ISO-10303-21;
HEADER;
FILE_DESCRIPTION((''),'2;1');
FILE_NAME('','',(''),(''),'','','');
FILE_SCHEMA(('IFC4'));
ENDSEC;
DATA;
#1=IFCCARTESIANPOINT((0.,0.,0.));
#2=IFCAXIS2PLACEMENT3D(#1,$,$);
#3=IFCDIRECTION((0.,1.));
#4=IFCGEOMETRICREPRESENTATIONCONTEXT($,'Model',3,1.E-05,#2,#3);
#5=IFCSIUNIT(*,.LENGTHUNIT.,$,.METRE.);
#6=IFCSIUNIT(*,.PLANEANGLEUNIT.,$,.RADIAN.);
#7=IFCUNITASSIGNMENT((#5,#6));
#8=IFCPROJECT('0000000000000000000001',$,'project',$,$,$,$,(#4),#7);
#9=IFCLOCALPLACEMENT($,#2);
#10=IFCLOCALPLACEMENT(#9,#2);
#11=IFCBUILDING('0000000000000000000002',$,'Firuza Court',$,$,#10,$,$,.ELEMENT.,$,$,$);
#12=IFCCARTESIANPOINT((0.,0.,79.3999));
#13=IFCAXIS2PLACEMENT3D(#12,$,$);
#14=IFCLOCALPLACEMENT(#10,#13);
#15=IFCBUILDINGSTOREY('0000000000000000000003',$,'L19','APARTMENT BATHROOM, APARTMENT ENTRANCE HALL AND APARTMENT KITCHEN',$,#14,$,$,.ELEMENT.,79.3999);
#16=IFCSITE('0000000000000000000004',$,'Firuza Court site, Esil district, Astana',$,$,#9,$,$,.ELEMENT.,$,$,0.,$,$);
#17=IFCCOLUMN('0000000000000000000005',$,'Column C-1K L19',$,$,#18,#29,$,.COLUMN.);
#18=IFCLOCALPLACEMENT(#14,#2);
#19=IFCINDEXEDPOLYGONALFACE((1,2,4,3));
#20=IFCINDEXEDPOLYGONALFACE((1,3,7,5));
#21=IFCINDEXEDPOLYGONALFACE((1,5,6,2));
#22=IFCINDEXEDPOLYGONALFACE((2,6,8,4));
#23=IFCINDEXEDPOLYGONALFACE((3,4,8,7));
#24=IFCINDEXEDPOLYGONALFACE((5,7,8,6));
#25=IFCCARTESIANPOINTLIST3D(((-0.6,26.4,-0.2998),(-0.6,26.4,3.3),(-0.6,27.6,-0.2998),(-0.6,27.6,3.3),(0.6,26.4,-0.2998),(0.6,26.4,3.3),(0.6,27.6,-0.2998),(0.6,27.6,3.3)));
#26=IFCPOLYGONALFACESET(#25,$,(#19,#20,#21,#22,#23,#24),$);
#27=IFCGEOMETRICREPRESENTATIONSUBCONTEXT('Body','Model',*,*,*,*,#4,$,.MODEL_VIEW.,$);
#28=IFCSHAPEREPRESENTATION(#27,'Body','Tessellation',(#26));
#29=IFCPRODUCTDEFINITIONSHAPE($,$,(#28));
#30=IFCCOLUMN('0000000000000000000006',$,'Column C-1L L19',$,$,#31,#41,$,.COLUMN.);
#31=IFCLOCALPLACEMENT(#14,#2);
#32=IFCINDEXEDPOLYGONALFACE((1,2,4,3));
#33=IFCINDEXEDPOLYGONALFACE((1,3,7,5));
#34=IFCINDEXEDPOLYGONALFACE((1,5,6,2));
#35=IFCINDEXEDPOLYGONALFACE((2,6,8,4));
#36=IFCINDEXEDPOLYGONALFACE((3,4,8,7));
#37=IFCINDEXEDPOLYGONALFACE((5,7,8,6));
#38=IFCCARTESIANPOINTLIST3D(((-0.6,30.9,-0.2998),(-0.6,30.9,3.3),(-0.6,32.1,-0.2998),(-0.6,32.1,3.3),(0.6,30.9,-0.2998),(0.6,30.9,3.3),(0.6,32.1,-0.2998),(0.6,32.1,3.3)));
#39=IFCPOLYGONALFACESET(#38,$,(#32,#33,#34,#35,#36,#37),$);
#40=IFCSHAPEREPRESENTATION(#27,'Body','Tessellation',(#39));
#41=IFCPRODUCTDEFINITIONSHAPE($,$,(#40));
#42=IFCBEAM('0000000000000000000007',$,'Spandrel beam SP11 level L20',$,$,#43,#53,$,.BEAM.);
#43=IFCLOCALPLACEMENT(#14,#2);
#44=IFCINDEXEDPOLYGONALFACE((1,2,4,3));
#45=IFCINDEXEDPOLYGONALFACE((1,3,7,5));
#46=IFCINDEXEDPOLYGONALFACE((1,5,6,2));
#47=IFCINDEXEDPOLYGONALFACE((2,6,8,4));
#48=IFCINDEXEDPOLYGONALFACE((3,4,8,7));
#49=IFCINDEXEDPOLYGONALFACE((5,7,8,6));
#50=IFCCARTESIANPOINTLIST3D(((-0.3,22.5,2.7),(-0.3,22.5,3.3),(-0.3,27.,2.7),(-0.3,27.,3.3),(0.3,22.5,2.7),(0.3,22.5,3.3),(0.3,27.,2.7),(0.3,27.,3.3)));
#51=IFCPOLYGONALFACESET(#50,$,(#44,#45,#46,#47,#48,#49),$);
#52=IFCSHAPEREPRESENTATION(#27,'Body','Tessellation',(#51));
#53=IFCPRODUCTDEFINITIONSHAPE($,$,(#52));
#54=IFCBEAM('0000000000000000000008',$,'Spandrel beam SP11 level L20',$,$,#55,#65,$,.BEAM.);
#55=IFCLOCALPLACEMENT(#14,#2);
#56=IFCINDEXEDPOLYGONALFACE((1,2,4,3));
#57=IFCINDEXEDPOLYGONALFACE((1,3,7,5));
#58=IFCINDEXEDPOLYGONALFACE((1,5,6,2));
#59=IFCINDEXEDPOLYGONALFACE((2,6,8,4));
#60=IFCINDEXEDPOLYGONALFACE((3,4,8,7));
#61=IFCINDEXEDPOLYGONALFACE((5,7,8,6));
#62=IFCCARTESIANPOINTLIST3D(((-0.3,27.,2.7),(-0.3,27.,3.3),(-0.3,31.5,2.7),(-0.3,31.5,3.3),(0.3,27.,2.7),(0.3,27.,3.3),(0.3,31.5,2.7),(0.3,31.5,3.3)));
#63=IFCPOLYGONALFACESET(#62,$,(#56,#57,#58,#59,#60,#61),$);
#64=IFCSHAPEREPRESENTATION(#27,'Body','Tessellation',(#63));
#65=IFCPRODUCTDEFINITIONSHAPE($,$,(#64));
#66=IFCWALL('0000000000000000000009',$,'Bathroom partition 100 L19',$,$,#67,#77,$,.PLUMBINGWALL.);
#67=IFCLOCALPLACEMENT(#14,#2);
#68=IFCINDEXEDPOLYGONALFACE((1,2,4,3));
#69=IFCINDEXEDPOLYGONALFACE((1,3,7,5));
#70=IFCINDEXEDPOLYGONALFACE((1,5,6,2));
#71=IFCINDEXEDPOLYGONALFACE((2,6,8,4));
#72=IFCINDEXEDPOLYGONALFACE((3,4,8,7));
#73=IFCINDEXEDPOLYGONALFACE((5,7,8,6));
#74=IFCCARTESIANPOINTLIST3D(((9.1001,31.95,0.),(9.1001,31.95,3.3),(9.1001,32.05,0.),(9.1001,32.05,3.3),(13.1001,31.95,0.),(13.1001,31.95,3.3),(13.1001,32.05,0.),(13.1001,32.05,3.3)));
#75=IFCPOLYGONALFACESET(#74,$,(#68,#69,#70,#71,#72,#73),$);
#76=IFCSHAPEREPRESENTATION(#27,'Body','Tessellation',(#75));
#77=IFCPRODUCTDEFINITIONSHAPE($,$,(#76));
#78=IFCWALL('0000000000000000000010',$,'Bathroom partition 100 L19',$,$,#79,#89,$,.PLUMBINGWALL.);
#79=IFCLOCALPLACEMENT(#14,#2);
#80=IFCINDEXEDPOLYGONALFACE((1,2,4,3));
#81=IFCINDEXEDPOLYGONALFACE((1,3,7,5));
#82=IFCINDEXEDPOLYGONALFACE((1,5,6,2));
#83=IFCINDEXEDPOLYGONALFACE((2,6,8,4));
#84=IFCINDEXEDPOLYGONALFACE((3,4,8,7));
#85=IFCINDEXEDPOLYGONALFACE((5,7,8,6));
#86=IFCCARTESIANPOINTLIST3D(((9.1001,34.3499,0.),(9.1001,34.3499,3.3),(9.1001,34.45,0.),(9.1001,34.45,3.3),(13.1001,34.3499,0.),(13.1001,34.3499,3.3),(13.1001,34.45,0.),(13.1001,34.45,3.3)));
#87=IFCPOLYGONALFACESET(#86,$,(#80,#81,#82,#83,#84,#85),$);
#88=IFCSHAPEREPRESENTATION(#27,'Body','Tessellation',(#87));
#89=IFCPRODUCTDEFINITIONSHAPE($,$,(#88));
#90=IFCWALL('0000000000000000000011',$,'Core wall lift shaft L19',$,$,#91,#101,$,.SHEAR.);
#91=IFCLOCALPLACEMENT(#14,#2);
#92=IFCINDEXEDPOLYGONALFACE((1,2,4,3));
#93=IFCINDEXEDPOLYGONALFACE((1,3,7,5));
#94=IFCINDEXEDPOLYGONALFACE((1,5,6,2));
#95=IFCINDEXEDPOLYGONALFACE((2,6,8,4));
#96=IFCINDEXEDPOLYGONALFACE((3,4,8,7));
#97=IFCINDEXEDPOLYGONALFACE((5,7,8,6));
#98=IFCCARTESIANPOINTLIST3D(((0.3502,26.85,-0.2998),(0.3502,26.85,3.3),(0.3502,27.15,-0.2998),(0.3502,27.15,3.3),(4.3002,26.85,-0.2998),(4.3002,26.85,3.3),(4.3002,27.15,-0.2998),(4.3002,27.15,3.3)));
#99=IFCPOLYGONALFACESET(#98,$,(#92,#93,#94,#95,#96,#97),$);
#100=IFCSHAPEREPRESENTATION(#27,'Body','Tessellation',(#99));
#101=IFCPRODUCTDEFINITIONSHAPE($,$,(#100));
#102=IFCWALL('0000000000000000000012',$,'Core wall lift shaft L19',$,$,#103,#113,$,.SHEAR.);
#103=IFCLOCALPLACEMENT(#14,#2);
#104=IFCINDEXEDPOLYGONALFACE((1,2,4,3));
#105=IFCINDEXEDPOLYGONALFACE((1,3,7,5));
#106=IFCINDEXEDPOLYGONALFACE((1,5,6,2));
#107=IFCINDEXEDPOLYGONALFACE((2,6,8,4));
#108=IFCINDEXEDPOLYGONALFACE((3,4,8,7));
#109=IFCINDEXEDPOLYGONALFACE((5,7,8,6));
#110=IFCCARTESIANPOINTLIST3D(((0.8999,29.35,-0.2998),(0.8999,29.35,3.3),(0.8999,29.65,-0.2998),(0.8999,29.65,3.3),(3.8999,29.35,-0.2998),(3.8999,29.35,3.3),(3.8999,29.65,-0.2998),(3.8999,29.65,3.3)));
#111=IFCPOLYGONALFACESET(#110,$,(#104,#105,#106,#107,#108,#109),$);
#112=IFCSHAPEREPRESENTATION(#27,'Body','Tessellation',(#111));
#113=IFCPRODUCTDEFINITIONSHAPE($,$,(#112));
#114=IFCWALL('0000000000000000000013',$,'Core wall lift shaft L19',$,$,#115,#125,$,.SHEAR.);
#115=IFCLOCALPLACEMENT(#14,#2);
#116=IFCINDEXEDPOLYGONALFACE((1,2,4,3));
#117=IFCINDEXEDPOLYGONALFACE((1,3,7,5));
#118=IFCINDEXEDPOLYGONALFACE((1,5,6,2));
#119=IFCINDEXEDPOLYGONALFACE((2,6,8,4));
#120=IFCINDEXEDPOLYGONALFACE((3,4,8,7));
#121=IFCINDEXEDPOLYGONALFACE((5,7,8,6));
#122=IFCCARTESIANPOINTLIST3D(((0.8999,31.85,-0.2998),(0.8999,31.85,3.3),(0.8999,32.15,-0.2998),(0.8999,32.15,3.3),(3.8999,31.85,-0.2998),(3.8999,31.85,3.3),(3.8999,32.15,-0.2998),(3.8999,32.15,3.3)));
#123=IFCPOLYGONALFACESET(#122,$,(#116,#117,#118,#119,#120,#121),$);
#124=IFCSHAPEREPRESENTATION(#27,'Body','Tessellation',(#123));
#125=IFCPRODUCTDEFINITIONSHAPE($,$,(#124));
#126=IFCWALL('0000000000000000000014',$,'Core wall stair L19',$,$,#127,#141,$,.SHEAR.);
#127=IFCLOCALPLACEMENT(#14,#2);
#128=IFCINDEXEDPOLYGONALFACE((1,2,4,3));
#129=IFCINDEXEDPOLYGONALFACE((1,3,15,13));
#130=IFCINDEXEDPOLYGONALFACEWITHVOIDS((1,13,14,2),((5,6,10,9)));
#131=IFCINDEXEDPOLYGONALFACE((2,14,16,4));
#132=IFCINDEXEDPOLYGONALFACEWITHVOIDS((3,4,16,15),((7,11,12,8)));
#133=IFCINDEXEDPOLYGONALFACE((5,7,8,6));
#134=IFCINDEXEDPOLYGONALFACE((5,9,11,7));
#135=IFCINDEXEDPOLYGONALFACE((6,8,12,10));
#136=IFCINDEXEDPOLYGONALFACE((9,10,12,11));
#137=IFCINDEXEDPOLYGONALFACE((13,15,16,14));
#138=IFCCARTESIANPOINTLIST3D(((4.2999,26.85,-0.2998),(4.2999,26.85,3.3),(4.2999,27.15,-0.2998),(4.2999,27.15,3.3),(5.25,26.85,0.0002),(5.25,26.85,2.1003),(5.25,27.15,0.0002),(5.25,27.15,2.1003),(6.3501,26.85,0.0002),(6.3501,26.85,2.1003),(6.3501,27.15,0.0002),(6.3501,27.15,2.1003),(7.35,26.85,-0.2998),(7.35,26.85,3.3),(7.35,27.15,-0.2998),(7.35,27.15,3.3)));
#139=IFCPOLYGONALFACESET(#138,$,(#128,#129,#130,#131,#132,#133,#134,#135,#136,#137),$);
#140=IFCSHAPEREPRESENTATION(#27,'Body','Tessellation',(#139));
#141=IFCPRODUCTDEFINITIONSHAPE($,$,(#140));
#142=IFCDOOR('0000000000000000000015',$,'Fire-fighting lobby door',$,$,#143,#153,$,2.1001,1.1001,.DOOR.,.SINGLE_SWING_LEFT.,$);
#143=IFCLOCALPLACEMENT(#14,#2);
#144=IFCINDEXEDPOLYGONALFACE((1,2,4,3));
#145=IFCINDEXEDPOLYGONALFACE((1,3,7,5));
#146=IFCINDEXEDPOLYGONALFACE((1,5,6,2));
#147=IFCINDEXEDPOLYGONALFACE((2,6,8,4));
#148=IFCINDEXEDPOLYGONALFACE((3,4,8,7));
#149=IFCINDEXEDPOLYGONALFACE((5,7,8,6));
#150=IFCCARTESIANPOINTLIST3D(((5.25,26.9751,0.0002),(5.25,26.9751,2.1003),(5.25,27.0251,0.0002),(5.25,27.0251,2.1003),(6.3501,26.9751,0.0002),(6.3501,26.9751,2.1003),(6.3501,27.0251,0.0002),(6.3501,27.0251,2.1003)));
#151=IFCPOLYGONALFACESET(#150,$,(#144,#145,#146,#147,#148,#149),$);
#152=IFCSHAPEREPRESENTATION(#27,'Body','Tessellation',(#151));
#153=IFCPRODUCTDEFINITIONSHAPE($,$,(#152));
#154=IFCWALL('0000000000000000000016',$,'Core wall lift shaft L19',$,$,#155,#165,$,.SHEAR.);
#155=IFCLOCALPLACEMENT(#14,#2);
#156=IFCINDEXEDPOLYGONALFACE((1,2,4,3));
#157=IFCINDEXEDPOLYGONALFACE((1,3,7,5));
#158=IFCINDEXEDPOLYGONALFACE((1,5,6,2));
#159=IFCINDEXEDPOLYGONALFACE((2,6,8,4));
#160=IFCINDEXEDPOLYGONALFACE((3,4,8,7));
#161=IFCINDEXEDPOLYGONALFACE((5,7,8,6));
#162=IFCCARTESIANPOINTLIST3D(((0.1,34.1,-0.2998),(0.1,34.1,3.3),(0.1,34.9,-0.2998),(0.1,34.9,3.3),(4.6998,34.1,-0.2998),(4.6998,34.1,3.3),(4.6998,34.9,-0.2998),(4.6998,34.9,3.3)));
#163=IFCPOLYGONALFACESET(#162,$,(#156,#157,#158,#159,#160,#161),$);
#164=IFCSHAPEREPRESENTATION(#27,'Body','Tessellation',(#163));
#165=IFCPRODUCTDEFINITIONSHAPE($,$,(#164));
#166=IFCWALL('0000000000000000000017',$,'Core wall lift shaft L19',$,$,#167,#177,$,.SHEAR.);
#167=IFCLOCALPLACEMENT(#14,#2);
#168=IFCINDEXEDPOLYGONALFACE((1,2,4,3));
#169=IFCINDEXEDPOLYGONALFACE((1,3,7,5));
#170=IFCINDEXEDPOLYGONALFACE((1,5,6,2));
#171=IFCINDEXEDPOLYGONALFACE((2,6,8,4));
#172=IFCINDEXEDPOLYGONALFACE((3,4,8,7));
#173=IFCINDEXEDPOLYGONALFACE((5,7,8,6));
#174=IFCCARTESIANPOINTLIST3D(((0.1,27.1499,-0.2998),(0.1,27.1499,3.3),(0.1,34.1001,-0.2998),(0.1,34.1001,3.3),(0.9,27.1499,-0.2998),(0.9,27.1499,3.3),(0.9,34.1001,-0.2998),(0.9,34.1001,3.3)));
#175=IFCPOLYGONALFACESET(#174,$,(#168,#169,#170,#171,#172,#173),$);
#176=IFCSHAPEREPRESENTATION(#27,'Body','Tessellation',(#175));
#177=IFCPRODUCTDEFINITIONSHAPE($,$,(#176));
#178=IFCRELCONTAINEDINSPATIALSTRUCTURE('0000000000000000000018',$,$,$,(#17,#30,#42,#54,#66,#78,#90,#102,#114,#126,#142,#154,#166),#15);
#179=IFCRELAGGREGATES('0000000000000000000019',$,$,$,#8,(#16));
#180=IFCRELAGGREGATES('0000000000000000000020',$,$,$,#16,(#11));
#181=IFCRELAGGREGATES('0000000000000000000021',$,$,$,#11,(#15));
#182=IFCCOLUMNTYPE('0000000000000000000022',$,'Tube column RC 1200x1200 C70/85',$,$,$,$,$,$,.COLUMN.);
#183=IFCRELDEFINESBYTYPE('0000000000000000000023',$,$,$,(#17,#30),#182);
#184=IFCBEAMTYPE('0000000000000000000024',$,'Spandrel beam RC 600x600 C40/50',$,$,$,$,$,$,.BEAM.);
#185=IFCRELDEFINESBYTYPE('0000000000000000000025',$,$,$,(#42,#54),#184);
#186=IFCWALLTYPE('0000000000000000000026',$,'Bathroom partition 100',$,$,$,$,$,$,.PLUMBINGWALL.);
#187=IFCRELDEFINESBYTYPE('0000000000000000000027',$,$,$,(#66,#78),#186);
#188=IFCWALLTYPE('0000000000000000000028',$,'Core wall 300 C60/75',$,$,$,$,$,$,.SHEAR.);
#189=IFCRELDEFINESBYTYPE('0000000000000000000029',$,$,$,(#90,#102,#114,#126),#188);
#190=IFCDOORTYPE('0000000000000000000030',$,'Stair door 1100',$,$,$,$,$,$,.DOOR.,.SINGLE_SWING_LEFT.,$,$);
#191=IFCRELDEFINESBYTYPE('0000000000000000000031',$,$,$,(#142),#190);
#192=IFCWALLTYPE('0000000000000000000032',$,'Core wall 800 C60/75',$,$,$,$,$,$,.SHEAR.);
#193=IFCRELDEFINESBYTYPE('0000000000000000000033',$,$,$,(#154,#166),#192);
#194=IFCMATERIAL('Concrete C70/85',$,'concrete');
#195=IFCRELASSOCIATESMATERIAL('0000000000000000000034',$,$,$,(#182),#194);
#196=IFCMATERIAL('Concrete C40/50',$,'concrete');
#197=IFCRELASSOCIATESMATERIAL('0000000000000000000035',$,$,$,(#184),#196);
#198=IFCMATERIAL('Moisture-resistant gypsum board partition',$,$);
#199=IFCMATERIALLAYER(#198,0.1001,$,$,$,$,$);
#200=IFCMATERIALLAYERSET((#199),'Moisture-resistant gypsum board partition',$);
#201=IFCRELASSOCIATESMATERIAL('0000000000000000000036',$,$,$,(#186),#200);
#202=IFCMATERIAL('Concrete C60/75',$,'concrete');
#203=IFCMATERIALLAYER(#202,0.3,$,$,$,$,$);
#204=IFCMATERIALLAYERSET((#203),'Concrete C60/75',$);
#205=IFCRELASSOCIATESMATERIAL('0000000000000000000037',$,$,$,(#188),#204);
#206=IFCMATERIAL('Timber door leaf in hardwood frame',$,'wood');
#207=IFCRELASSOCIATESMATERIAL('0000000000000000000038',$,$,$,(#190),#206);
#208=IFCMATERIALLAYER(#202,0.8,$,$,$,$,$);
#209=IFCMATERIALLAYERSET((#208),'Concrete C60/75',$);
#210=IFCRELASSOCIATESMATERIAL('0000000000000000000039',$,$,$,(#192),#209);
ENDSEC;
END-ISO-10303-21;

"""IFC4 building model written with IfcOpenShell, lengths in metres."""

from ifc_helpers import new_model, si_unit, direction, frame, frame_2d, origin, origin_2d, place, context, subcontext, project, spatial, rectangle, extrude, material, layer, layer_set, material_profile, profile_set, type_object, element, fill, save


model = new_model("IFC4")

# Units and contexts
model_context = context("Model", 3, precision=1e-05, world=origin(), true_north=direction((0.0, 1.0)))
body_context = subcontext(model_context, "Body", "Model", "MODEL_VIEW")
ifc_project = project(units=[si_unit("LENGTHUNIT", "METRE"), si_unit("PLANEANGLEUNIT", "RADIAN")], contexts=[model_context])

# Site, building, storey
site_placement = place(None, origin())
site = spatial("IfcSite", under=ifc_project, at=site_placement, Name="Firuza Court site, Esil district, Astana", CompositionType="ELEMENT", RefElevation=0.0)
building_placement = place(site_placement, origin())
building = spatial("IfcBuilding", under=site, at=building_placement, Name="Firuza Court", CompositionType="ELEMENT")
storey_placement = place(building_placement, frame((0.0, 0.0, 79.3999)))
storey = spatial("IfcBuildingStorey", under=building, at=storey_placement, Name="L19", Description="APARTMENT BATHROOM, APARTMENT ENTRANCE HALL AND APARTMENT KITCHEN", CompositionType="ELEMENT", Elevation=79.3999)

# Columns
ifc_material_1 = material(Name="Concrete C70/85", Category="concrete")
ifc_material_profile_1 = material_profile(ifc_material_1, rectangle(XDim=1.2, YDim=1.2, at=origin_2d()), Name="RC 1200x1200")
ifc_profile_set_1 = profile_set([ifc_material_profile_1], Name="Concrete C70/85")
column_type = type_object("IfcColumnType", Name="Tube column RC 1200x1200 C70/85", PredefinedType="COLUMN", material=ifc_profile_set_1)
for number, where, z_axis, x_axis, name in (
    (1, (0.0, 27.0, -0.2998), (0.0, 0.0, 1.0), (1.0, 0.0, 0.0), "Column C-1K L19"),
    (2, (0.0, 31.5, -0.2998), (0.0, 0.0, 1.0), (1.0, 0.0, 0.0), "Column C-1L L19"),
):
    element("IfcColumn", number, at=place(storey_placement, frame(where, z_axis=z_axis, x_axis=x_axis)), inside=storey, type_object=column_type, Name=name, PredefinedType="COLUMN", context=body_context, shape_type="SweptSolid", body=[
        extrude(rectangle(XDim=1.2, YDim=1.2, at=origin_2d()), origin(), (0.0, 0.0, 1.0), 3.5999),
    ])

# Beams
ifc_material_2 = material(Name="Concrete C40/50", Category="concrete")
ifc_material_profile_2 = material_profile(ifc_material_2, rectangle(XDim=0.6001, YDim=0.6001, at=origin_2d()), Name="RC 600x600")
ifc_profile_set_2 = profile_set([ifc_material_profile_2], Name="Concrete C40/50")
beam_type = type_object("IfcBeamType", Name="Spandrel beam RC 600x600 C40/50", PredefinedType="BEAM", material=ifc_profile_set_2)
for number, where, z_axis, x_axis, name in (
    (3, (0.0, 27.0, 3.0), (0.0, -1.0, 0.0), (1.0, 0.0, 0.0), "Spandrel beam SP11 level L20"),
    (4, (0.0, 31.5, 3.0), (0.0, -1.0, 0.0), (1.0, 0.0, 0.0), "Spandrel beam SP11 level L20"),
):
    element("IfcBeam", number, at=place(storey_placement, frame(where, z_axis=z_axis, x_axis=x_axis)), inside=storey, type_object=beam_type, Name=name, PredefinedType="BEAM", context=body_context, shape_type="SweptSolid", body=[
        extrude(rectangle(XDim=0.6001, YDim=0.6001, at=origin_2d()), origin(), (0.0, 0.0, 1.0), 4.5),
    ])

# Walls
ifc_material_3 = material(Name="Moisture-resistant gypsum board partition")
ifc_layer_1 = layer(ifc_material_3, 0.1001)
ifc_layer_set_1 = layer_set([ifc_layer_1], Name="Moisture-resistant gypsum board partition")
wall_type_1 = type_object("IfcWallType", Name="Bathroom partition 100", PredefinedType="PLUMBINGWALL", material=ifc_layer_set_1)
for number, where, z_axis, x_axis, name in (
    (5, (9.1001, 32.0, 0.0), (0.0, 0.0, 1.0), (1.0, 0.0, 0.0), "Bathroom partition 100 L19"),
    (6, (9.1001, 34.3999, 0.0), (0.0, 0.0, 1.0), (1.0, 0.0, 0.0), "Bathroom partition 100 L19"),
):
    element("IfcWall", number, at=place(storey_placement, frame(where, z_axis=z_axis, x_axis=x_axis)), inside=storey, type_object=wall_type_1, Name=name, PredefinedType="PLUMBINGWALL", context=body_context, shape_type="SweptSolid", body=[
        extrude(rectangle(XDim=4.0, YDim=0.1001, at=frame_2d((2.0, 0.0))), origin(), (0.0, 0.0, 1.0), 3.3),
    ])
ifc_material_4 = material(Name="Concrete C60/75", Category="concrete")
ifc_layer_2 = layer(ifc_material_4, 0.3)
ifc_layer_set_2 = layer_set([ifc_layer_2], Name="Concrete C60/75")
wall_type_2 = type_object("IfcWallType", Name="Core wall 300 C60/75", PredefinedType="SHEAR", material=ifc_layer_set_2)
wall_1_placement = place(storey_placement, frame((0.3501, 27.0, -0.2998), z_axis=(0.0, 0.0, 1.0), x_axis=(1.0, 0.0, 0.0)))
element("IfcWall", 7, at=wall_1_placement, inside=storey, type_object=wall_type_2, Name="Core wall lift shaft L19", PredefinedType="SHEAR", context=body_context, shape_type="SweptSolid", body=[
    extrude(rectangle(XDim=3.95, YDim=0.3, at=frame_2d((1.9751, 0.0))), origin(), (0.0, 0.0, 1.0), 3.5999),
])
for number, where, z_axis, x_axis, name in (
    (8, (0.8999, 29.5, -0.2998), (0.0, 0.0, 1.0), (1.0, 0.0, 0.0), "Core wall lift shaft L19"),
    (9, (0.8999, 32.0, -0.2998), (0.0, 0.0, 1.0), (1.0, 0.0, 0.0), "Core wall lift shaft L19"),
):
    element("IfcWall", number, at=place(storey_placement, frame(where, z_axis=z_axis, x_axis=x_axis)), inside=storey, type_object=wall_type_2, Name=name, PredefinedType="SHEAR", context=body_context, shape_type="SweptSolid", body=[
        extrude(rectangle(XDim=3.0, YDim=0.3, at=frame_2d((1.5, 0.0))), origin(), (0.0, 0.0, 1.0), 3.5999),
    ])

# Wall, opening, door
wall_2_placement = place(storey_placement, frame((4.3, 27.0, -0.2998), z_axis=(0.0, 0.0, 1.0), x_axis=(1.0, 0.0, 0.0)))
wall_2 = element("IfcWall", 10, at=wall_2_placement, inside=storey, type_object=wall_type_2, Name="Core wall stair L19", PredefinedType="SHEAR", context=body_context, shape_type="SweptSolid", body=[
    extrude(rectangle(XDim=3.05, YDim=0.3, at=frame_2d((1.5249, 0.0))), origin(), (0.0, 0.0, 1.0), 3.5999),
])
opening_1_placement = place(wall_2_placement, frame((0.95, 0.0, 0.3)))
opening_1 = element("IfcOpeningElement", 11, at=opening_1_placement, cuts=wall_2, PredefinedType="OPENING", context=body_context, shape_type="SweptSolid", body=[
    extrude(rectangle(XDim=1.1001, YDim=2.1001, at=frame_2d((0.55, 1.05))), frame((0.0, 0.1621, 0.0), z_axis=(0.0, -1.0, 0.0), x_axis=(1.0, 0.0, 0.0)), (0.0, 0.0, 1.0), 0.324),
])
ifc_material_5 = material(Name="Timber door leaf in hardwood frame", Category="wood")
door_type_1 = type_object("IfcDoorType", Name="Stair door 1100", OperationType="SINGLE_SWING_LEFT", PredefinedType="DOOR", material=ifc_material_5)
door_1_placement = place(opening_1_placement, frame((1.1001, 0.0, 0.0), z_axis=(0.0, 0.0, 1.0), x_axis=(-1.0, 0.0, 0.0)))
door_1 = element("IfcDoor", 12, at=door_1_placement, inside=storey, type_object=door_type_1, Name="Fire-fighting lobby door", OperationType="SINGLE_SWING_LEFT", OverallHeight=2.1001, OverallWidth=1.1001, PredefinedType="DOOR", context=body_context, shape_type="SweptSolid", body=[
    extrude(rectangle(XDim=1.1001, YDim=2.1001, at=frame_2d((0.55, 1.05))), frame((0.0, 0.0249, 0.0), z_axis=(0.0, -1.0, 0.0), x_axis=(1.0, 0.0, 0.0)), (0.0, 0.0, 1.0), 0.05),
])
fill(opening_1, door_1)

# Walls
ifc_layer_3 = layer(ifc_material_4, 0.8)
ifc_layer_set_3 = layer_set([ifc_layer_3], Name="Concrete C60/75")
wall_type_3 = type_object("IfcWallType", Name="Core wall 800 C60/75", PredefinedType="SHEAR", material=ifc_layer_set_3)
wall_3_placement = place(storey_placement, frame((0.1001, 34.5, -0.2998), z_axis=(0.0, 0.0, 1.0), x_axis=(1.0, 0.0, 0.0)))
element("IfcWall", 13, at=wall_3_placement, inside=storey, type_object=wall_type_3, Name="Core wall lift shaft L19", PredefinedType="SHEAR", context=body_context, shape_type="SweptSolid", body=[
    extrude(rectangle(XDim=4.5999, YDim=0.8, at=frame_2d((2.2998, 0.0))), origin(), (0.0, 0.0, 1.0), 3.5999),
])
wall_4_placement = place(storey_placement, frame((0.5, 27.1499, -0.2998), z_axis=(0.0, 0.0, 1.0), x_axis=(0.0, 1.0, 0.0)))
element("IfcWall", 14, at=wall_4_placement, inside=storey, type_object=wall_type_3, Name="Core wall lift shaft L19", PredefinedType="SHEAR", context=body_context, shape_type="SweptSolid", body=[
    extrude(rectangle(XDim=6.9502, YDim=0.8, at=frame_2d((3.4751, 0.0))), origin(), (0.0, 0.0, 1.0), 3.5999),
])

save(model, "model.ifc")
